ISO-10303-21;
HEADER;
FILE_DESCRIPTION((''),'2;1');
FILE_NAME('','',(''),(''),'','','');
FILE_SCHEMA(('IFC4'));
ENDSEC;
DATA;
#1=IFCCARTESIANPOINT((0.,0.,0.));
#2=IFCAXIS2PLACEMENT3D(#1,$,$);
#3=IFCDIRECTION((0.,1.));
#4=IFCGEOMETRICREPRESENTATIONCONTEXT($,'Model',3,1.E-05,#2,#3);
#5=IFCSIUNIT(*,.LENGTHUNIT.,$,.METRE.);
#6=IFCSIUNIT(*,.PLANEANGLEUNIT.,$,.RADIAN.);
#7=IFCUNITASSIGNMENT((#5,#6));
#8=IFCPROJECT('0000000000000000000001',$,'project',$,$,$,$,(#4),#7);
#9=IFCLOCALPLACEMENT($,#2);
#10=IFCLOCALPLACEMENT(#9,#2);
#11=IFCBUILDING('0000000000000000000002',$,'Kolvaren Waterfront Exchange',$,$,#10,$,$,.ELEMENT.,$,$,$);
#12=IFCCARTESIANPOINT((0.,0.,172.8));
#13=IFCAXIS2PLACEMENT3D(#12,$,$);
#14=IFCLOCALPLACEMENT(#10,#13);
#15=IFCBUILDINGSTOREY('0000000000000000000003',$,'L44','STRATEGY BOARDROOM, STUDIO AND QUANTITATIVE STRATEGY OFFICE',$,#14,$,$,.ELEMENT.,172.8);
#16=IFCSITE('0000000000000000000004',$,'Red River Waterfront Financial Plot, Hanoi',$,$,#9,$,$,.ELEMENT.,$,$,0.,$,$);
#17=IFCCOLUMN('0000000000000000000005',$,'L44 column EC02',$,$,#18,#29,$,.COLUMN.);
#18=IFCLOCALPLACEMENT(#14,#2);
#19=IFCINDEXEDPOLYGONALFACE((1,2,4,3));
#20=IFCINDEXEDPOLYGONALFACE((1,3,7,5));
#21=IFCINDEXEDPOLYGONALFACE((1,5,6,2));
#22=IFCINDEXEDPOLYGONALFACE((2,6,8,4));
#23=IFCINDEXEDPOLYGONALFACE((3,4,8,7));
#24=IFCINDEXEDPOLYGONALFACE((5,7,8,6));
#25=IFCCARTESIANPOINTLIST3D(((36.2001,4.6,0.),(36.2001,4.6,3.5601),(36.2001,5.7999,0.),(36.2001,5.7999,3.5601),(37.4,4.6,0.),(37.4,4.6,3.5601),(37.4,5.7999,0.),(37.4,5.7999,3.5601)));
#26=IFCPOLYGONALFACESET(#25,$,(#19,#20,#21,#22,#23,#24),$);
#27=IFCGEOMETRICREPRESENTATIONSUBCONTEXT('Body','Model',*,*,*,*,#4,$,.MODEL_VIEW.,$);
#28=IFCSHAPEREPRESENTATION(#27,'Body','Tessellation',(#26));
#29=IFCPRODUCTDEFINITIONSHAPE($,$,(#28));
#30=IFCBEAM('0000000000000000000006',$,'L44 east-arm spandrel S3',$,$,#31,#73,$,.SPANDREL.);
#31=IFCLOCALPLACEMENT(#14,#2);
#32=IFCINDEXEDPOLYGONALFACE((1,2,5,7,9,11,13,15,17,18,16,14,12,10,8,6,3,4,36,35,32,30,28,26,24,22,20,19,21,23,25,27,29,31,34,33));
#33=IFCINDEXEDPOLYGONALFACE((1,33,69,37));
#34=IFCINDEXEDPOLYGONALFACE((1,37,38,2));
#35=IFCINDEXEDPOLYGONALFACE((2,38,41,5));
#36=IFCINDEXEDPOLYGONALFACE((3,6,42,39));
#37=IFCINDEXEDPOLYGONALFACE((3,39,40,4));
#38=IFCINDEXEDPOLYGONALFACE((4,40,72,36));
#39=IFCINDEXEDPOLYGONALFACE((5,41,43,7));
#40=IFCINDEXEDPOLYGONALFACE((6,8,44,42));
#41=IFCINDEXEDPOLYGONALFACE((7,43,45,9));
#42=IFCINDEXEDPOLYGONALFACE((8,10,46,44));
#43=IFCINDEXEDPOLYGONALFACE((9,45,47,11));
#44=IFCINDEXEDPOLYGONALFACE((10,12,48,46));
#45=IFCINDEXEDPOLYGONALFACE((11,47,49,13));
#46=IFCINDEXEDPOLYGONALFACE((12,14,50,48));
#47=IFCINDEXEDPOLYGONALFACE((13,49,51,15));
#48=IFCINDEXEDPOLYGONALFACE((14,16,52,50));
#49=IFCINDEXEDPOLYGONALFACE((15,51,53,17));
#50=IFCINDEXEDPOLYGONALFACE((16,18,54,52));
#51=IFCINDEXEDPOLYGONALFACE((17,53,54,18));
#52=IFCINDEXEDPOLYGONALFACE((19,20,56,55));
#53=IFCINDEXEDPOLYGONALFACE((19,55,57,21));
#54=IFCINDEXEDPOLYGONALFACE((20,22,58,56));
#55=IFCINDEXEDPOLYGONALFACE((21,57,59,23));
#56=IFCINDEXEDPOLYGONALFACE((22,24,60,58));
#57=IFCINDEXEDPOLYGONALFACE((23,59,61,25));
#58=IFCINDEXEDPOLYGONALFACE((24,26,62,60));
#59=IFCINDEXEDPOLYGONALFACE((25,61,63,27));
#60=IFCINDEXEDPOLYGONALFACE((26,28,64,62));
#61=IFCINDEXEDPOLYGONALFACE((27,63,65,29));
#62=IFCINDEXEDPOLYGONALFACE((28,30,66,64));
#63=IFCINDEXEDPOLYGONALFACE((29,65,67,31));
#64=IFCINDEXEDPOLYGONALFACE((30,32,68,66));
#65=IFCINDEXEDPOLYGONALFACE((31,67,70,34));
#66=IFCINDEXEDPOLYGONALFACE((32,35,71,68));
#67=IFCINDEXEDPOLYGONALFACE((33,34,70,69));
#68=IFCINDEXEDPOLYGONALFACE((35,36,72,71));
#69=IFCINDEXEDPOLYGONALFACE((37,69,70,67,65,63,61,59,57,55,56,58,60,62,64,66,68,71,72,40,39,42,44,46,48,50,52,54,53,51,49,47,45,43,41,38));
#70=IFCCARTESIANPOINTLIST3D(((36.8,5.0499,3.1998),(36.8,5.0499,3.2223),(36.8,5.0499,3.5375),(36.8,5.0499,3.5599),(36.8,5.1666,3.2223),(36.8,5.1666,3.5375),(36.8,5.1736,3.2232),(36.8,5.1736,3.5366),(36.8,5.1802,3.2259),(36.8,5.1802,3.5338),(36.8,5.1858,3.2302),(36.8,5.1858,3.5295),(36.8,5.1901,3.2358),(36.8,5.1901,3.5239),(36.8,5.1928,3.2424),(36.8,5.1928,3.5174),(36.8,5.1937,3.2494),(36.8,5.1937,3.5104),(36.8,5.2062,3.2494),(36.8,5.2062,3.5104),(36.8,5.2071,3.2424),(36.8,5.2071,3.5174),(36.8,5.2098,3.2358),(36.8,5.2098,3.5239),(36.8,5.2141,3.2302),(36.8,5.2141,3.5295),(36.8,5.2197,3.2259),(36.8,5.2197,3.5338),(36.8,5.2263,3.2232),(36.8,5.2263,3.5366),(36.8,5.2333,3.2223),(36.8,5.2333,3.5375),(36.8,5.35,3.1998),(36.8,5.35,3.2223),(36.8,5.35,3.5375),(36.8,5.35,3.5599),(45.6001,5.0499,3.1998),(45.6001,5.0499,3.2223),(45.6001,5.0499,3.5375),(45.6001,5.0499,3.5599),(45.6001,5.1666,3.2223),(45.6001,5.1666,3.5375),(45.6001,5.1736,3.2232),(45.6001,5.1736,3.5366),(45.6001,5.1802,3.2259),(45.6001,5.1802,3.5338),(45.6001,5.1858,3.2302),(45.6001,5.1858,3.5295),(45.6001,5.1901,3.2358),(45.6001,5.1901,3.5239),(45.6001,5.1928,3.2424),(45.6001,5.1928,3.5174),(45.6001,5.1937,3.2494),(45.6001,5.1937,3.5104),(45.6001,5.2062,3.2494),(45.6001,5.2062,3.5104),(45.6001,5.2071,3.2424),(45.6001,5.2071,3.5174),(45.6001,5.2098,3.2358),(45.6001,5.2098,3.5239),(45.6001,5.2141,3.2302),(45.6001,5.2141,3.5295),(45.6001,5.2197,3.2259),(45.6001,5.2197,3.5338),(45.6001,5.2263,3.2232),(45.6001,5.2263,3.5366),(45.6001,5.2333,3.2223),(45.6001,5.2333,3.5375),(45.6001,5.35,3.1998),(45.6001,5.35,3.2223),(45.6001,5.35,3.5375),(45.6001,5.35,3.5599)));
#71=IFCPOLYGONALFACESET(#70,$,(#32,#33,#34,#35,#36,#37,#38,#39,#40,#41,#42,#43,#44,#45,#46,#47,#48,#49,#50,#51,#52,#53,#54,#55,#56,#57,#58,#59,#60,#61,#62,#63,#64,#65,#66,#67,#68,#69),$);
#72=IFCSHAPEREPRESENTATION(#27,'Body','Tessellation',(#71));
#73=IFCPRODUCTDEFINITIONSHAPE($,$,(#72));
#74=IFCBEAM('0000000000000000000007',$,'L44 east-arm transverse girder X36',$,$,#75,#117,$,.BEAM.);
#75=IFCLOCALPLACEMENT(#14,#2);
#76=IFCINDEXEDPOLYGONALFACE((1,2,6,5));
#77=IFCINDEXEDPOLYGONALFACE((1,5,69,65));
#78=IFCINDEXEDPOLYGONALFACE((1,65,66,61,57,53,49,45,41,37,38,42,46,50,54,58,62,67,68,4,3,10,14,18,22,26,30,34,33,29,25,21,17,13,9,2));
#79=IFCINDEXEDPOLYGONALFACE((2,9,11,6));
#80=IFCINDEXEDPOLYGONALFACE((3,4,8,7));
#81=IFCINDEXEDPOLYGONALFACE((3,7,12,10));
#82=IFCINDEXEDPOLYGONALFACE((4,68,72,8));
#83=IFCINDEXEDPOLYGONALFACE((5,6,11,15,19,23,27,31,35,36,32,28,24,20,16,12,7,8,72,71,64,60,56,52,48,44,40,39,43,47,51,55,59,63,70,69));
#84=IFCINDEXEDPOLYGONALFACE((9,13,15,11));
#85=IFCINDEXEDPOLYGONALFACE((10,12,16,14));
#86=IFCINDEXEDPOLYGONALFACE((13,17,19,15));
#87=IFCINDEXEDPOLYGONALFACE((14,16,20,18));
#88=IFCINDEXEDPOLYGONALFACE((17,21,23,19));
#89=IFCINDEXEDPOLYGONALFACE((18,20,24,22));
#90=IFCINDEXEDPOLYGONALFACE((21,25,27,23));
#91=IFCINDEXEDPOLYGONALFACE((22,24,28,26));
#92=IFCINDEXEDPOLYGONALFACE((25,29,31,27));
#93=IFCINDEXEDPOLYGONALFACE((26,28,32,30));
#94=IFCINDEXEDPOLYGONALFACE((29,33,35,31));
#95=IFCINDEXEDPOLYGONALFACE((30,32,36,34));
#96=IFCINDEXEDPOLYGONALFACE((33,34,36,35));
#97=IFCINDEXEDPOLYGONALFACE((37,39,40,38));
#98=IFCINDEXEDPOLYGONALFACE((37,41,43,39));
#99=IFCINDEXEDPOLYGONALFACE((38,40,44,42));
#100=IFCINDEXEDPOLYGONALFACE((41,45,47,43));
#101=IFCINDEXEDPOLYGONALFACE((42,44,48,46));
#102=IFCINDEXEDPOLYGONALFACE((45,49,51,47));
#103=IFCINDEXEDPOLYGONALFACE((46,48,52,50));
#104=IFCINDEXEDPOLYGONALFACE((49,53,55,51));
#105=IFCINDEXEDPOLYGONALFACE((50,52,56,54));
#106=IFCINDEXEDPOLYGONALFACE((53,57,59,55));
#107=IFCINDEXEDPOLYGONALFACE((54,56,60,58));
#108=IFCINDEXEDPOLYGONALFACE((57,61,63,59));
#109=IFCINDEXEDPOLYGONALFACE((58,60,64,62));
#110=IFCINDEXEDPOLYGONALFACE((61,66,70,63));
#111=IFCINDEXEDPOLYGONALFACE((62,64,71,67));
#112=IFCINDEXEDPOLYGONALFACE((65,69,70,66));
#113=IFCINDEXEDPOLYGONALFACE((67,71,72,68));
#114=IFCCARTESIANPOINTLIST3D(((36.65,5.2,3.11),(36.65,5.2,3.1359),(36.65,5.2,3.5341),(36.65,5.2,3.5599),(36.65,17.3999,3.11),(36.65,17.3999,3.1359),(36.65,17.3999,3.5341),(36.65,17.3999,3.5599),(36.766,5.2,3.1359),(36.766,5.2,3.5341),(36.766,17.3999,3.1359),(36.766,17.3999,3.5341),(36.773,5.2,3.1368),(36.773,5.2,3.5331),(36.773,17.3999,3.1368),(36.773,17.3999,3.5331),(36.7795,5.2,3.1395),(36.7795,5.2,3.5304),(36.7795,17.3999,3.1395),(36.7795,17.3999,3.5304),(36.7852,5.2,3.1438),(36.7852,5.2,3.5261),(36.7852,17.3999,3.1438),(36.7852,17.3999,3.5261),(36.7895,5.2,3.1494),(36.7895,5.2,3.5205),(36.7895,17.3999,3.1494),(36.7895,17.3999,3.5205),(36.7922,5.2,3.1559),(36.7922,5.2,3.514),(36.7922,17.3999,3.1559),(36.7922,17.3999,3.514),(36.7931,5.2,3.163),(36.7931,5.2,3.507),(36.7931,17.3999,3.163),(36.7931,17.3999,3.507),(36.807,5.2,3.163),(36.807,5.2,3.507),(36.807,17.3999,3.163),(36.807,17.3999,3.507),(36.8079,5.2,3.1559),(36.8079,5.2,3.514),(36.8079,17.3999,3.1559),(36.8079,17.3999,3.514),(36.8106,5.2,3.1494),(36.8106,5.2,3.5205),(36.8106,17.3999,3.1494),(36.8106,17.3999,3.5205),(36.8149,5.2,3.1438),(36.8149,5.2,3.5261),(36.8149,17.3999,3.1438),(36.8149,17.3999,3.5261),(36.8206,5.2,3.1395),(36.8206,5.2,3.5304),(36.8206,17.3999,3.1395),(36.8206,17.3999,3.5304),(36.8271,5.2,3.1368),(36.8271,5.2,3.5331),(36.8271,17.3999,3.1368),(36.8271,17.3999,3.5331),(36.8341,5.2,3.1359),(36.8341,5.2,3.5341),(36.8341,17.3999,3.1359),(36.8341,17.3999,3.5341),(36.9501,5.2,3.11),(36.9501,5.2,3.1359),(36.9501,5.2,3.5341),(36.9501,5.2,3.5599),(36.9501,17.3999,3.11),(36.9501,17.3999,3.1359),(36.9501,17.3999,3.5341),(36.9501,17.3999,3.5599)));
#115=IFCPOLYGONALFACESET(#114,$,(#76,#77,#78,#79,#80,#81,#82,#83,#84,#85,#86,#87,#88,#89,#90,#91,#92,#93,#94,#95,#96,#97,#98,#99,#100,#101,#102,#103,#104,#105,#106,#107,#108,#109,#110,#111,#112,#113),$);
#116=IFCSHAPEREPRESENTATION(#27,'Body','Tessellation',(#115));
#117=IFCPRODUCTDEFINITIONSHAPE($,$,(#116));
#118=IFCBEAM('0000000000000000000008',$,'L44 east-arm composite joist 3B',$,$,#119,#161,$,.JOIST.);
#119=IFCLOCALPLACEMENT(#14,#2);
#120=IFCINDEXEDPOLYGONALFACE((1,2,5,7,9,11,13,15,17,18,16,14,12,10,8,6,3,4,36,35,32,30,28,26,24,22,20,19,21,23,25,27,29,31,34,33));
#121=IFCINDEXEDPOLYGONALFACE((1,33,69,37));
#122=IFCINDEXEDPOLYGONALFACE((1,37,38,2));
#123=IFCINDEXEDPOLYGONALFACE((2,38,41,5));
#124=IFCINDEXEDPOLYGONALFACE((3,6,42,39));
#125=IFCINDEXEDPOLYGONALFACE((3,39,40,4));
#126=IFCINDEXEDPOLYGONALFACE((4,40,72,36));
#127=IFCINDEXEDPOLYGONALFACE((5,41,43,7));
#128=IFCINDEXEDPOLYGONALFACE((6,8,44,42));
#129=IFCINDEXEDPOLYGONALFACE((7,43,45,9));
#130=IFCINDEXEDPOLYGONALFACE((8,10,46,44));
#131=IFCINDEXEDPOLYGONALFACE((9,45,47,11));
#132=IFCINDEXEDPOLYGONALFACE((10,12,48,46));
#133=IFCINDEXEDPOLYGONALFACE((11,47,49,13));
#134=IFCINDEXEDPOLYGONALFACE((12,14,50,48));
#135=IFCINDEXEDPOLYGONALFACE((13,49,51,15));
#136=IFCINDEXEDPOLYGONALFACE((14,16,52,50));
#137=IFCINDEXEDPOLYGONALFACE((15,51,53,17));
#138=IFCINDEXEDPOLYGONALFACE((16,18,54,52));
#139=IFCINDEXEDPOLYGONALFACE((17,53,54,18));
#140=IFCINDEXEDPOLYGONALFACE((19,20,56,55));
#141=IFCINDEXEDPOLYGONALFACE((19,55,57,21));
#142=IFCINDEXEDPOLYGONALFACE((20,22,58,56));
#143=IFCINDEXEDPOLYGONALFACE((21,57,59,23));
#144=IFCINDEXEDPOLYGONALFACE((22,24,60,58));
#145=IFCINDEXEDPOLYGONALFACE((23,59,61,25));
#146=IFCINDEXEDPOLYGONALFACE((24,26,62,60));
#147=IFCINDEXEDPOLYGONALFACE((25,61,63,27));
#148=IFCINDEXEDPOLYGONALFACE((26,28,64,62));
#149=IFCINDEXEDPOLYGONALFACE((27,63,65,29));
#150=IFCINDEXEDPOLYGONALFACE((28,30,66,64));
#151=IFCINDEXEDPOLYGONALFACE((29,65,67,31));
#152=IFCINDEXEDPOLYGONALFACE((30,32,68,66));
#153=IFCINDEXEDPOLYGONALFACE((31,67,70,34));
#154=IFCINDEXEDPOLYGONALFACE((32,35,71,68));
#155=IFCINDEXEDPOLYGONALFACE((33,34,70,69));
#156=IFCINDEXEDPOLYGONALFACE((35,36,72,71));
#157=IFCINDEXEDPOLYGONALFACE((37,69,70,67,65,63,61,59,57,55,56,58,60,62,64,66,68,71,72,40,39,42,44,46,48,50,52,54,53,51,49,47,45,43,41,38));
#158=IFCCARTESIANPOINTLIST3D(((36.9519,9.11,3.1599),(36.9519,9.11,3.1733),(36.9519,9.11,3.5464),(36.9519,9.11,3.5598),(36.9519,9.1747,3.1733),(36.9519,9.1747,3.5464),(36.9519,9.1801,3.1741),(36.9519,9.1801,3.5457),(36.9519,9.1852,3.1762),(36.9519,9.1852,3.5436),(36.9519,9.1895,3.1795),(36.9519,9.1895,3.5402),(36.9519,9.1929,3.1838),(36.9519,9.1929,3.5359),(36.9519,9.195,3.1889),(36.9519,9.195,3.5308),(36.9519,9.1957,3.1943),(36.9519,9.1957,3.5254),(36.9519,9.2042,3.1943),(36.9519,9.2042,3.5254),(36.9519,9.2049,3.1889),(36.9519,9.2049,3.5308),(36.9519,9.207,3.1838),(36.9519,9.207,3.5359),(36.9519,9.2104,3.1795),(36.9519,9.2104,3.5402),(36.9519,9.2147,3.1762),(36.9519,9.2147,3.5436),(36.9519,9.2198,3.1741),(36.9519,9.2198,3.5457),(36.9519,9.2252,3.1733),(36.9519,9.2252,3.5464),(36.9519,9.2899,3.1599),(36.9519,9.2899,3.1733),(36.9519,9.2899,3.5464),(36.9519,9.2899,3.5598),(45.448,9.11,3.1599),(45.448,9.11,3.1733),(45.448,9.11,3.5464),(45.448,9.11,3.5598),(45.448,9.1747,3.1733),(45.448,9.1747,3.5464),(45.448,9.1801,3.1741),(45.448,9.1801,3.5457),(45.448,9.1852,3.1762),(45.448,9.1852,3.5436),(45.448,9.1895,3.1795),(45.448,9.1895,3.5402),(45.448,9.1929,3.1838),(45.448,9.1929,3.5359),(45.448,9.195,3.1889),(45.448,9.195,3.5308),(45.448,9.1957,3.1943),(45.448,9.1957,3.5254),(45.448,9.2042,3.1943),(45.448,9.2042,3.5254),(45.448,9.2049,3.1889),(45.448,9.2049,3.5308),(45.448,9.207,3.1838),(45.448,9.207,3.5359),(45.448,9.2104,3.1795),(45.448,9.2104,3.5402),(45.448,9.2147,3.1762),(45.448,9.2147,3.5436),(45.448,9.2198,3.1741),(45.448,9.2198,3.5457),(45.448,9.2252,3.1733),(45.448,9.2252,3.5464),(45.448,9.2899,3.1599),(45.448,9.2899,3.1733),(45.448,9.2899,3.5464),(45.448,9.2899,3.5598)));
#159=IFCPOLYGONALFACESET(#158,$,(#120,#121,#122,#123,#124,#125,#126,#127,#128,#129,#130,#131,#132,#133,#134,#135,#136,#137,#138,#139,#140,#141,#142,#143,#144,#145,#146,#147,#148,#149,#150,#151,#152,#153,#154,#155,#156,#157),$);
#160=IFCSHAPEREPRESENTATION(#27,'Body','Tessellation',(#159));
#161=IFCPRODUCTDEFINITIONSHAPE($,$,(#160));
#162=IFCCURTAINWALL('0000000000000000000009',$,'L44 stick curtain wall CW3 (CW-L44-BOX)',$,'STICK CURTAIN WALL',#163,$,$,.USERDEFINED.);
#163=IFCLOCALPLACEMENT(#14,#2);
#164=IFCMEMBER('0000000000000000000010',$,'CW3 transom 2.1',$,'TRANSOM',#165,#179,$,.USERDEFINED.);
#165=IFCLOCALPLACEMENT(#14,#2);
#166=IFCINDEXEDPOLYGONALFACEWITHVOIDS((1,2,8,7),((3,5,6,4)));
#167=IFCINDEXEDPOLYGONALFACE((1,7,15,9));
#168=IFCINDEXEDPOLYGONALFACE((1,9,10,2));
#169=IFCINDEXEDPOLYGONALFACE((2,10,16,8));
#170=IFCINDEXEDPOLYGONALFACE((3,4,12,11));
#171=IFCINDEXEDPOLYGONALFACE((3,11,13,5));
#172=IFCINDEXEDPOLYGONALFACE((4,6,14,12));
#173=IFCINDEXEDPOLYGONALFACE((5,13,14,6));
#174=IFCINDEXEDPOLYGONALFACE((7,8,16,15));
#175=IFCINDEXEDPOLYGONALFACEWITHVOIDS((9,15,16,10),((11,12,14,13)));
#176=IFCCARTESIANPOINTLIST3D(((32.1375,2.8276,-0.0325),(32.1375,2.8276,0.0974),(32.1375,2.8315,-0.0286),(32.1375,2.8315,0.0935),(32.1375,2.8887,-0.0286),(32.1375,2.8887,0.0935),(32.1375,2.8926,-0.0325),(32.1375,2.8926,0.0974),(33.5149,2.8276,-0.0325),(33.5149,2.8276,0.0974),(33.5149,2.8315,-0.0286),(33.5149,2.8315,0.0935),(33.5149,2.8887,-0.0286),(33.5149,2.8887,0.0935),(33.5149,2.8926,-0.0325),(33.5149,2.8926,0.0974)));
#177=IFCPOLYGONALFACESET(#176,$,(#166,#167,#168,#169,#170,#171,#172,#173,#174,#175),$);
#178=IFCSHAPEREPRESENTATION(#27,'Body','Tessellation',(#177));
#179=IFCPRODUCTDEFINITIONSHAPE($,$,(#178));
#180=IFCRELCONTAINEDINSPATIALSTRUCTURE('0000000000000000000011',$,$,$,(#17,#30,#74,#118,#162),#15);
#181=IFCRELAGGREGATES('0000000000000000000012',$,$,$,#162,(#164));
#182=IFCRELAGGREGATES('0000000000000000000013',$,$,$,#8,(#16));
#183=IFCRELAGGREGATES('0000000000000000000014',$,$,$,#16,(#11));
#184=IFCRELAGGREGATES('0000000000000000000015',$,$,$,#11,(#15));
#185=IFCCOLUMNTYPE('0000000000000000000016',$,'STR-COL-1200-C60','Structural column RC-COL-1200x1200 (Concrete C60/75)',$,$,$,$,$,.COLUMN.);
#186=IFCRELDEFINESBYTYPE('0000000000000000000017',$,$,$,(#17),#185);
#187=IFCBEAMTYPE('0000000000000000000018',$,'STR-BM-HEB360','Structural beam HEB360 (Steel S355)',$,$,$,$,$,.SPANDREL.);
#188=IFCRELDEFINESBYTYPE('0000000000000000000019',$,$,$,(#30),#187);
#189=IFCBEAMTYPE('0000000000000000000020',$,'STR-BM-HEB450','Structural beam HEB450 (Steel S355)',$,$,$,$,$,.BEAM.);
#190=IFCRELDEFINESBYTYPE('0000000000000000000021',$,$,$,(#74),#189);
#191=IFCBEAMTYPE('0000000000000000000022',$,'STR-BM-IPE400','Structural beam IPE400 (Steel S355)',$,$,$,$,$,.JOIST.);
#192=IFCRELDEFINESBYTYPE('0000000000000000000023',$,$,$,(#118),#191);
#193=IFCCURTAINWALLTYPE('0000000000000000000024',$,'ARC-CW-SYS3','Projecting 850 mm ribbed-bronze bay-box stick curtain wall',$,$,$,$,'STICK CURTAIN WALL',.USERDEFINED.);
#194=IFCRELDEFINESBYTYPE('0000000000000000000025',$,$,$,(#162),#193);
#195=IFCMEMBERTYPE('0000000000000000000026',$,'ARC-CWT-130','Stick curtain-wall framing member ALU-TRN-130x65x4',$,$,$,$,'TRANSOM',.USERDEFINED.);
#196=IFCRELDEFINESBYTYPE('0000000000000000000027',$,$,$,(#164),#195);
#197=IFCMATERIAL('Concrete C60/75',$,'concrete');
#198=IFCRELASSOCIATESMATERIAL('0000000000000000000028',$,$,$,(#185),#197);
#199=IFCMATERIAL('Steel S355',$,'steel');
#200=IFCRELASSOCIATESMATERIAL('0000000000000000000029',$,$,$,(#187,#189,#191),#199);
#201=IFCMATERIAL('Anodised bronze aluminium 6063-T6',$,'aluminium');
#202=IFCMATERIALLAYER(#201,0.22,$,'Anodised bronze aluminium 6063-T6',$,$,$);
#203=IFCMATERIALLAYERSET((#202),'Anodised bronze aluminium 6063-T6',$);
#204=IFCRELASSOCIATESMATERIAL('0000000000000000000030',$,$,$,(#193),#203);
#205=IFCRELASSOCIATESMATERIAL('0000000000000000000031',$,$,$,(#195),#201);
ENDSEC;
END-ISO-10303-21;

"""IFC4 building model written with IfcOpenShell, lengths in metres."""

from ifc_helpers import new_model, si_unit, direction, frame, origin, origin_with_axes, origin_2d, place, context, subcontext, project, spatial, rectangle, hollow_rectangle, i_section, extrude, source, transform, mapped, material, layer, layer_set, material_profile, profile_set, type_object, element, aggregate, save


model = new_model("IFC4")

# Units and contexts
model_context = context("Model", 3, precision=1e-05, world=origin(), true_north=direction((0.0, 1.0)))
body_context = subcontext(model_context, "Body", "Model", "MODEL_VIEW")
ifc_project = project(units=[si_unit("LENGTHUNIT", "METRE"), si_unit("PLANEANGLEUNIT", "RADIAN")], contexts=[model_context])

# Site, building, storey
site_placement = place(None, origin())
site = spatial("IfcSite", under=ifc_project, at=site_placement, Name="Red River Waterfront Financial Plot, Hanoi", CompositionType="ELEMENT", RefElevation=0.0)
building_placement = place(site_placement, origin())
building = spatial("IfcBuilding", under=site, at=building_placement, Name="Kolvaren Waterfront Exchange", CompositionType="ELEMENT")
storey_placement = place(building_placement, frame((0.0, 0.0, 172.8)))
storey = spatial("IfcBuildingStorey", under=building, at=storey_placement, Name="L44", Description="STRATEGY BOARDROOM, STUDIO AND QUANTITATIVE STRATEGY OFFICE", CompositionType="ELEMENT", Elevation=172.8)

# Column
ifc_material_1 = material(Name="Concrete C60/75", Category="concrete")
ifc_material_profile_1 = material_profile(ifc_material_1, rectangle(XDim=1.2, YDim=1.2, at=origin_2d()), Name="RC-COL-1200x1200")
ifc_profile_set_1 = profile_set([ifc_material_profile_1], Name="Concrete C60/75")
column_type = type_object("IfcColumnType", Name="STR-COL-1200-C60", Description="Structural column RC-COL-1200x1200 (Concrete C60/75)", PredefinedType="COLUMN", material=ifc_profile_set_1)
column_placement = place(storey_placement, frame((36.8, 5.2, 0.0), z_axis=(0.0, 0.0, 1.0), x_axis=(1.0, 0.0, 0.0)))
element("IfcColumn", 1, at=column_placement, inside=storey, type_object=column_type, Name="L44 column EC02", PredefinedType="COLUMN", context=body_context, shape_type="SweptSolid", body=[
    extrude(rectangle(XDim=1.2, YDim=1.2, at=origin_2d()), origin(), (0.0, 0.0, 1.0), 3.5601),
])

# Beams
ifc_material_2 = material(Name="Steel S355", Category="steel")
ifc_material_profile_2 = material_profile(ifc_material_2, i_section(OverallWidth=0.3, OverallDepth=0.3601, WebThickness=0.0125, FlangeThickness=0.0225, FilletRadius=0.0271, at=origin_2d()), Name="HEB360")
ifc_profile_set_2 = profile_set([ifc_material_profile_2], Name="Steel S355")
beam_type_1 = type_object("IfcBeamType", Name="STR-BM-HEB360", Description="Structural beam HEB360 (Steel S355)", PredefinedType="SPANDREL", material=ifc_profile_set_2)
beam_1_placement = place(storey_placement, frame((36.8, 5.2, 3.3799), z_axis=(1.0, 0.0, 0.0), x_axis=(0.0, 1.0, 0.0)))
element("IfcBeam", 2, at=beam_1_placement, inside=storey, type_object=beam_type_1, Name="L44 east-arm spandrel S3", PredefinedType="SPANDREL", context=body_context, shape_type="SweptSolid", body=[
    extrude(i_section(OverallWidth=0.3, OverallDepth=0.3601, WebThickness=0.0125, FlangeThickness=0.0225, FilletRadius=0.0271, at=origin_2d()), origin(), (0.0, 0.0, 1.0), 8.8),
])
ifc_material_profile_3 = material_profile(ifc_material_2, i_section(OverallWidth=0.3, OverallDepth=0.45, WebThickness=0.0139, FlangeThickness=0.0259, FilletRadius=0.0271, at=origin_2d()), Name="HEB450")
ifc_profile_set_3 = profile_set([ifc_material_profile_3], Name="Steel S355")
beam_type_2 = type_object("IfcBeamType", Name="STR-BM-HEB450", Description="Structural beam HEB450 (Steel S355)", PredefinedType="BEAM", material=ifc_profile_set_3)
beam_2_placement = place(storey_placement, frame((36.8, 5.2, 3.335), z_axis=(0.0, 1.0, 0.0), x_axis=(-1.0, 0.0, 0.0)))
element("IfcBeam", 3, at=beam_2_placement, inside=storey, type_object=beam_type_2, Name="L44 east-arm transverse girder X36", PredefinedType="BEAM", context=body_context, shape_type="SweptSolid", body=[
    extrude(i_section(OverallWidth=0.3, OverallDepth=0.45, WebThickness=0.0139, FlangeThickness=0.0259, FilletRadius=0.0271, at=origin_2d()), origin(), (0.0, 0.0, 1.0), 12.2),
])
ifc_material_profile_4 = material_profile(ifc_material_2, i_section(OverallWidth=0.1799, OverallDepth=0.3999, WebThickness=0.0085, FlangeThickness=0.0134, FilletRadius=0.021, at=origin_2d()), Name="IPE400")
ifc_profile_set_4 = profile_set([ifc_material_profile_4], Name="Steel S355")
beam_type_3 = type_object("IfcBeamType", Name="STR-BM-IPE400", Description="Structural beam IPE400 (Steel S355)", PredefinedType="JOIST", material=ifc_profile_set_4)
beam_3_placement = place(storey_placement, frame((36.9519, 9.2, 3.3599), z_axis=(1.0, 0.0, 0.0), x_axis=(0.0, 1.0, 0.0)))
element("IfcBeam", 4, at=beam_3_placement, inside=storey, type_object=beam_type_3, Name="L44 east-arm composite joist 3B", PredefinedType="JOIST", context=body_context, shape_type="SweptSolid", body=[
    extrude(i_section(OverallWidth=0.1799, OverallDepth=0.3999, WebThickness=0.0085, FlangeThickness=0.0134, FilletRadius=0.021, at=origin_2d()), origin(), (0.0, 0.0, 1.0), 8.4961),
])

# Curtain wall, member
ifc_material_3 = material(Name="Anodised bronze aluminium 6063-T6", Category="aluminium")
ifc_layer_1 = layer(ifc_material_3, 0.22, Name="Anodised bronze aluminium 6063-T6")
ifc_layer_set_1 = layer_set([ifc_layer_1], Name="Anodised bronze aluminium 6063-T6")
curtain_wall_type_1 = type_object("IfcCurtainWallType", Name="ARC-CW-SYS3", Description="Projecting 850 mm ribbed-bronze bay-box stick curtain wall", ElementType="STICK CURTAIN WALL", PredefinedType="USERDEFINED", material=ifc_layer_set_1)
curtain_wall_1_placement = place(storey_placement, origin())
curtain_wall_1 = element("IfcCurtainWall", 5, at=curtain_wall_1_placement, inside=storey, type_object=curtain_wall_type_1, Name="L44 stick curtain wall CW3 (CW-L44-BOX)", ObjectType="STICK CURTAIN WALL", PredefinedType="USERDEFINED")
ifc_material_profile_5 = material_profile(ifc_material_3, hollow_rectangle(XDim=0.0649, YDim=0.1299, WallThickness=0.0039, at=origin_2d()), Name="ALU-TRN-130x65x4")
ifc_profile_set_5 = profile_set([ifc_material_profile_5], Name="Anodised bronze aluminium 6063-T6")
member_type_1 = type_object("IfcMemberType", Name="ARC-CWT-130", Description="Stick curtain-wall framing member ALU-TRN-130x65x4", ElementType="TRANSOM", PredefinedType="USERDEFINED", material=ifc_profile_set_5)
shared_shape_1 = source(origin_with_axes(), body_context, "Body", "SweptSolid", [
    extrude(hollow_rectangle(XDim=0.0649, YDim=0.1299, WallThickness=0.0039, at=origin_2d()), origin(), (0.0, 0.0, 1.0), 1.3774),
])
member_1_placement = place(storey_placement, frame((32.1375, 2.8601, 0.0325), z_axis=(1.0, 0.0, 0.0), x_axis=(0.0, 1.0, 0.0)))
member_1 = element("IfcMember", 6, at=member_1_placement, type_object=member_type_1, Name="CW3 transom 2.1", ObjectType="TRANSOM", PredefinedType="USERDEFINED", context=body_context, shape_type="MappedRepresentation", body=[
    mapped(shared_shape_1, transform((0.0, 0.0, 0.0), x_axis=(1.0, 0.0, 0.0), y_axis=(0.0, 1.0, 0.0), z_axis=(0.0, 0.0, 1.0), scale=1.0)),
])

aggregate(curtain_wall_1, [member_1])

save(model, "model.ifc")
